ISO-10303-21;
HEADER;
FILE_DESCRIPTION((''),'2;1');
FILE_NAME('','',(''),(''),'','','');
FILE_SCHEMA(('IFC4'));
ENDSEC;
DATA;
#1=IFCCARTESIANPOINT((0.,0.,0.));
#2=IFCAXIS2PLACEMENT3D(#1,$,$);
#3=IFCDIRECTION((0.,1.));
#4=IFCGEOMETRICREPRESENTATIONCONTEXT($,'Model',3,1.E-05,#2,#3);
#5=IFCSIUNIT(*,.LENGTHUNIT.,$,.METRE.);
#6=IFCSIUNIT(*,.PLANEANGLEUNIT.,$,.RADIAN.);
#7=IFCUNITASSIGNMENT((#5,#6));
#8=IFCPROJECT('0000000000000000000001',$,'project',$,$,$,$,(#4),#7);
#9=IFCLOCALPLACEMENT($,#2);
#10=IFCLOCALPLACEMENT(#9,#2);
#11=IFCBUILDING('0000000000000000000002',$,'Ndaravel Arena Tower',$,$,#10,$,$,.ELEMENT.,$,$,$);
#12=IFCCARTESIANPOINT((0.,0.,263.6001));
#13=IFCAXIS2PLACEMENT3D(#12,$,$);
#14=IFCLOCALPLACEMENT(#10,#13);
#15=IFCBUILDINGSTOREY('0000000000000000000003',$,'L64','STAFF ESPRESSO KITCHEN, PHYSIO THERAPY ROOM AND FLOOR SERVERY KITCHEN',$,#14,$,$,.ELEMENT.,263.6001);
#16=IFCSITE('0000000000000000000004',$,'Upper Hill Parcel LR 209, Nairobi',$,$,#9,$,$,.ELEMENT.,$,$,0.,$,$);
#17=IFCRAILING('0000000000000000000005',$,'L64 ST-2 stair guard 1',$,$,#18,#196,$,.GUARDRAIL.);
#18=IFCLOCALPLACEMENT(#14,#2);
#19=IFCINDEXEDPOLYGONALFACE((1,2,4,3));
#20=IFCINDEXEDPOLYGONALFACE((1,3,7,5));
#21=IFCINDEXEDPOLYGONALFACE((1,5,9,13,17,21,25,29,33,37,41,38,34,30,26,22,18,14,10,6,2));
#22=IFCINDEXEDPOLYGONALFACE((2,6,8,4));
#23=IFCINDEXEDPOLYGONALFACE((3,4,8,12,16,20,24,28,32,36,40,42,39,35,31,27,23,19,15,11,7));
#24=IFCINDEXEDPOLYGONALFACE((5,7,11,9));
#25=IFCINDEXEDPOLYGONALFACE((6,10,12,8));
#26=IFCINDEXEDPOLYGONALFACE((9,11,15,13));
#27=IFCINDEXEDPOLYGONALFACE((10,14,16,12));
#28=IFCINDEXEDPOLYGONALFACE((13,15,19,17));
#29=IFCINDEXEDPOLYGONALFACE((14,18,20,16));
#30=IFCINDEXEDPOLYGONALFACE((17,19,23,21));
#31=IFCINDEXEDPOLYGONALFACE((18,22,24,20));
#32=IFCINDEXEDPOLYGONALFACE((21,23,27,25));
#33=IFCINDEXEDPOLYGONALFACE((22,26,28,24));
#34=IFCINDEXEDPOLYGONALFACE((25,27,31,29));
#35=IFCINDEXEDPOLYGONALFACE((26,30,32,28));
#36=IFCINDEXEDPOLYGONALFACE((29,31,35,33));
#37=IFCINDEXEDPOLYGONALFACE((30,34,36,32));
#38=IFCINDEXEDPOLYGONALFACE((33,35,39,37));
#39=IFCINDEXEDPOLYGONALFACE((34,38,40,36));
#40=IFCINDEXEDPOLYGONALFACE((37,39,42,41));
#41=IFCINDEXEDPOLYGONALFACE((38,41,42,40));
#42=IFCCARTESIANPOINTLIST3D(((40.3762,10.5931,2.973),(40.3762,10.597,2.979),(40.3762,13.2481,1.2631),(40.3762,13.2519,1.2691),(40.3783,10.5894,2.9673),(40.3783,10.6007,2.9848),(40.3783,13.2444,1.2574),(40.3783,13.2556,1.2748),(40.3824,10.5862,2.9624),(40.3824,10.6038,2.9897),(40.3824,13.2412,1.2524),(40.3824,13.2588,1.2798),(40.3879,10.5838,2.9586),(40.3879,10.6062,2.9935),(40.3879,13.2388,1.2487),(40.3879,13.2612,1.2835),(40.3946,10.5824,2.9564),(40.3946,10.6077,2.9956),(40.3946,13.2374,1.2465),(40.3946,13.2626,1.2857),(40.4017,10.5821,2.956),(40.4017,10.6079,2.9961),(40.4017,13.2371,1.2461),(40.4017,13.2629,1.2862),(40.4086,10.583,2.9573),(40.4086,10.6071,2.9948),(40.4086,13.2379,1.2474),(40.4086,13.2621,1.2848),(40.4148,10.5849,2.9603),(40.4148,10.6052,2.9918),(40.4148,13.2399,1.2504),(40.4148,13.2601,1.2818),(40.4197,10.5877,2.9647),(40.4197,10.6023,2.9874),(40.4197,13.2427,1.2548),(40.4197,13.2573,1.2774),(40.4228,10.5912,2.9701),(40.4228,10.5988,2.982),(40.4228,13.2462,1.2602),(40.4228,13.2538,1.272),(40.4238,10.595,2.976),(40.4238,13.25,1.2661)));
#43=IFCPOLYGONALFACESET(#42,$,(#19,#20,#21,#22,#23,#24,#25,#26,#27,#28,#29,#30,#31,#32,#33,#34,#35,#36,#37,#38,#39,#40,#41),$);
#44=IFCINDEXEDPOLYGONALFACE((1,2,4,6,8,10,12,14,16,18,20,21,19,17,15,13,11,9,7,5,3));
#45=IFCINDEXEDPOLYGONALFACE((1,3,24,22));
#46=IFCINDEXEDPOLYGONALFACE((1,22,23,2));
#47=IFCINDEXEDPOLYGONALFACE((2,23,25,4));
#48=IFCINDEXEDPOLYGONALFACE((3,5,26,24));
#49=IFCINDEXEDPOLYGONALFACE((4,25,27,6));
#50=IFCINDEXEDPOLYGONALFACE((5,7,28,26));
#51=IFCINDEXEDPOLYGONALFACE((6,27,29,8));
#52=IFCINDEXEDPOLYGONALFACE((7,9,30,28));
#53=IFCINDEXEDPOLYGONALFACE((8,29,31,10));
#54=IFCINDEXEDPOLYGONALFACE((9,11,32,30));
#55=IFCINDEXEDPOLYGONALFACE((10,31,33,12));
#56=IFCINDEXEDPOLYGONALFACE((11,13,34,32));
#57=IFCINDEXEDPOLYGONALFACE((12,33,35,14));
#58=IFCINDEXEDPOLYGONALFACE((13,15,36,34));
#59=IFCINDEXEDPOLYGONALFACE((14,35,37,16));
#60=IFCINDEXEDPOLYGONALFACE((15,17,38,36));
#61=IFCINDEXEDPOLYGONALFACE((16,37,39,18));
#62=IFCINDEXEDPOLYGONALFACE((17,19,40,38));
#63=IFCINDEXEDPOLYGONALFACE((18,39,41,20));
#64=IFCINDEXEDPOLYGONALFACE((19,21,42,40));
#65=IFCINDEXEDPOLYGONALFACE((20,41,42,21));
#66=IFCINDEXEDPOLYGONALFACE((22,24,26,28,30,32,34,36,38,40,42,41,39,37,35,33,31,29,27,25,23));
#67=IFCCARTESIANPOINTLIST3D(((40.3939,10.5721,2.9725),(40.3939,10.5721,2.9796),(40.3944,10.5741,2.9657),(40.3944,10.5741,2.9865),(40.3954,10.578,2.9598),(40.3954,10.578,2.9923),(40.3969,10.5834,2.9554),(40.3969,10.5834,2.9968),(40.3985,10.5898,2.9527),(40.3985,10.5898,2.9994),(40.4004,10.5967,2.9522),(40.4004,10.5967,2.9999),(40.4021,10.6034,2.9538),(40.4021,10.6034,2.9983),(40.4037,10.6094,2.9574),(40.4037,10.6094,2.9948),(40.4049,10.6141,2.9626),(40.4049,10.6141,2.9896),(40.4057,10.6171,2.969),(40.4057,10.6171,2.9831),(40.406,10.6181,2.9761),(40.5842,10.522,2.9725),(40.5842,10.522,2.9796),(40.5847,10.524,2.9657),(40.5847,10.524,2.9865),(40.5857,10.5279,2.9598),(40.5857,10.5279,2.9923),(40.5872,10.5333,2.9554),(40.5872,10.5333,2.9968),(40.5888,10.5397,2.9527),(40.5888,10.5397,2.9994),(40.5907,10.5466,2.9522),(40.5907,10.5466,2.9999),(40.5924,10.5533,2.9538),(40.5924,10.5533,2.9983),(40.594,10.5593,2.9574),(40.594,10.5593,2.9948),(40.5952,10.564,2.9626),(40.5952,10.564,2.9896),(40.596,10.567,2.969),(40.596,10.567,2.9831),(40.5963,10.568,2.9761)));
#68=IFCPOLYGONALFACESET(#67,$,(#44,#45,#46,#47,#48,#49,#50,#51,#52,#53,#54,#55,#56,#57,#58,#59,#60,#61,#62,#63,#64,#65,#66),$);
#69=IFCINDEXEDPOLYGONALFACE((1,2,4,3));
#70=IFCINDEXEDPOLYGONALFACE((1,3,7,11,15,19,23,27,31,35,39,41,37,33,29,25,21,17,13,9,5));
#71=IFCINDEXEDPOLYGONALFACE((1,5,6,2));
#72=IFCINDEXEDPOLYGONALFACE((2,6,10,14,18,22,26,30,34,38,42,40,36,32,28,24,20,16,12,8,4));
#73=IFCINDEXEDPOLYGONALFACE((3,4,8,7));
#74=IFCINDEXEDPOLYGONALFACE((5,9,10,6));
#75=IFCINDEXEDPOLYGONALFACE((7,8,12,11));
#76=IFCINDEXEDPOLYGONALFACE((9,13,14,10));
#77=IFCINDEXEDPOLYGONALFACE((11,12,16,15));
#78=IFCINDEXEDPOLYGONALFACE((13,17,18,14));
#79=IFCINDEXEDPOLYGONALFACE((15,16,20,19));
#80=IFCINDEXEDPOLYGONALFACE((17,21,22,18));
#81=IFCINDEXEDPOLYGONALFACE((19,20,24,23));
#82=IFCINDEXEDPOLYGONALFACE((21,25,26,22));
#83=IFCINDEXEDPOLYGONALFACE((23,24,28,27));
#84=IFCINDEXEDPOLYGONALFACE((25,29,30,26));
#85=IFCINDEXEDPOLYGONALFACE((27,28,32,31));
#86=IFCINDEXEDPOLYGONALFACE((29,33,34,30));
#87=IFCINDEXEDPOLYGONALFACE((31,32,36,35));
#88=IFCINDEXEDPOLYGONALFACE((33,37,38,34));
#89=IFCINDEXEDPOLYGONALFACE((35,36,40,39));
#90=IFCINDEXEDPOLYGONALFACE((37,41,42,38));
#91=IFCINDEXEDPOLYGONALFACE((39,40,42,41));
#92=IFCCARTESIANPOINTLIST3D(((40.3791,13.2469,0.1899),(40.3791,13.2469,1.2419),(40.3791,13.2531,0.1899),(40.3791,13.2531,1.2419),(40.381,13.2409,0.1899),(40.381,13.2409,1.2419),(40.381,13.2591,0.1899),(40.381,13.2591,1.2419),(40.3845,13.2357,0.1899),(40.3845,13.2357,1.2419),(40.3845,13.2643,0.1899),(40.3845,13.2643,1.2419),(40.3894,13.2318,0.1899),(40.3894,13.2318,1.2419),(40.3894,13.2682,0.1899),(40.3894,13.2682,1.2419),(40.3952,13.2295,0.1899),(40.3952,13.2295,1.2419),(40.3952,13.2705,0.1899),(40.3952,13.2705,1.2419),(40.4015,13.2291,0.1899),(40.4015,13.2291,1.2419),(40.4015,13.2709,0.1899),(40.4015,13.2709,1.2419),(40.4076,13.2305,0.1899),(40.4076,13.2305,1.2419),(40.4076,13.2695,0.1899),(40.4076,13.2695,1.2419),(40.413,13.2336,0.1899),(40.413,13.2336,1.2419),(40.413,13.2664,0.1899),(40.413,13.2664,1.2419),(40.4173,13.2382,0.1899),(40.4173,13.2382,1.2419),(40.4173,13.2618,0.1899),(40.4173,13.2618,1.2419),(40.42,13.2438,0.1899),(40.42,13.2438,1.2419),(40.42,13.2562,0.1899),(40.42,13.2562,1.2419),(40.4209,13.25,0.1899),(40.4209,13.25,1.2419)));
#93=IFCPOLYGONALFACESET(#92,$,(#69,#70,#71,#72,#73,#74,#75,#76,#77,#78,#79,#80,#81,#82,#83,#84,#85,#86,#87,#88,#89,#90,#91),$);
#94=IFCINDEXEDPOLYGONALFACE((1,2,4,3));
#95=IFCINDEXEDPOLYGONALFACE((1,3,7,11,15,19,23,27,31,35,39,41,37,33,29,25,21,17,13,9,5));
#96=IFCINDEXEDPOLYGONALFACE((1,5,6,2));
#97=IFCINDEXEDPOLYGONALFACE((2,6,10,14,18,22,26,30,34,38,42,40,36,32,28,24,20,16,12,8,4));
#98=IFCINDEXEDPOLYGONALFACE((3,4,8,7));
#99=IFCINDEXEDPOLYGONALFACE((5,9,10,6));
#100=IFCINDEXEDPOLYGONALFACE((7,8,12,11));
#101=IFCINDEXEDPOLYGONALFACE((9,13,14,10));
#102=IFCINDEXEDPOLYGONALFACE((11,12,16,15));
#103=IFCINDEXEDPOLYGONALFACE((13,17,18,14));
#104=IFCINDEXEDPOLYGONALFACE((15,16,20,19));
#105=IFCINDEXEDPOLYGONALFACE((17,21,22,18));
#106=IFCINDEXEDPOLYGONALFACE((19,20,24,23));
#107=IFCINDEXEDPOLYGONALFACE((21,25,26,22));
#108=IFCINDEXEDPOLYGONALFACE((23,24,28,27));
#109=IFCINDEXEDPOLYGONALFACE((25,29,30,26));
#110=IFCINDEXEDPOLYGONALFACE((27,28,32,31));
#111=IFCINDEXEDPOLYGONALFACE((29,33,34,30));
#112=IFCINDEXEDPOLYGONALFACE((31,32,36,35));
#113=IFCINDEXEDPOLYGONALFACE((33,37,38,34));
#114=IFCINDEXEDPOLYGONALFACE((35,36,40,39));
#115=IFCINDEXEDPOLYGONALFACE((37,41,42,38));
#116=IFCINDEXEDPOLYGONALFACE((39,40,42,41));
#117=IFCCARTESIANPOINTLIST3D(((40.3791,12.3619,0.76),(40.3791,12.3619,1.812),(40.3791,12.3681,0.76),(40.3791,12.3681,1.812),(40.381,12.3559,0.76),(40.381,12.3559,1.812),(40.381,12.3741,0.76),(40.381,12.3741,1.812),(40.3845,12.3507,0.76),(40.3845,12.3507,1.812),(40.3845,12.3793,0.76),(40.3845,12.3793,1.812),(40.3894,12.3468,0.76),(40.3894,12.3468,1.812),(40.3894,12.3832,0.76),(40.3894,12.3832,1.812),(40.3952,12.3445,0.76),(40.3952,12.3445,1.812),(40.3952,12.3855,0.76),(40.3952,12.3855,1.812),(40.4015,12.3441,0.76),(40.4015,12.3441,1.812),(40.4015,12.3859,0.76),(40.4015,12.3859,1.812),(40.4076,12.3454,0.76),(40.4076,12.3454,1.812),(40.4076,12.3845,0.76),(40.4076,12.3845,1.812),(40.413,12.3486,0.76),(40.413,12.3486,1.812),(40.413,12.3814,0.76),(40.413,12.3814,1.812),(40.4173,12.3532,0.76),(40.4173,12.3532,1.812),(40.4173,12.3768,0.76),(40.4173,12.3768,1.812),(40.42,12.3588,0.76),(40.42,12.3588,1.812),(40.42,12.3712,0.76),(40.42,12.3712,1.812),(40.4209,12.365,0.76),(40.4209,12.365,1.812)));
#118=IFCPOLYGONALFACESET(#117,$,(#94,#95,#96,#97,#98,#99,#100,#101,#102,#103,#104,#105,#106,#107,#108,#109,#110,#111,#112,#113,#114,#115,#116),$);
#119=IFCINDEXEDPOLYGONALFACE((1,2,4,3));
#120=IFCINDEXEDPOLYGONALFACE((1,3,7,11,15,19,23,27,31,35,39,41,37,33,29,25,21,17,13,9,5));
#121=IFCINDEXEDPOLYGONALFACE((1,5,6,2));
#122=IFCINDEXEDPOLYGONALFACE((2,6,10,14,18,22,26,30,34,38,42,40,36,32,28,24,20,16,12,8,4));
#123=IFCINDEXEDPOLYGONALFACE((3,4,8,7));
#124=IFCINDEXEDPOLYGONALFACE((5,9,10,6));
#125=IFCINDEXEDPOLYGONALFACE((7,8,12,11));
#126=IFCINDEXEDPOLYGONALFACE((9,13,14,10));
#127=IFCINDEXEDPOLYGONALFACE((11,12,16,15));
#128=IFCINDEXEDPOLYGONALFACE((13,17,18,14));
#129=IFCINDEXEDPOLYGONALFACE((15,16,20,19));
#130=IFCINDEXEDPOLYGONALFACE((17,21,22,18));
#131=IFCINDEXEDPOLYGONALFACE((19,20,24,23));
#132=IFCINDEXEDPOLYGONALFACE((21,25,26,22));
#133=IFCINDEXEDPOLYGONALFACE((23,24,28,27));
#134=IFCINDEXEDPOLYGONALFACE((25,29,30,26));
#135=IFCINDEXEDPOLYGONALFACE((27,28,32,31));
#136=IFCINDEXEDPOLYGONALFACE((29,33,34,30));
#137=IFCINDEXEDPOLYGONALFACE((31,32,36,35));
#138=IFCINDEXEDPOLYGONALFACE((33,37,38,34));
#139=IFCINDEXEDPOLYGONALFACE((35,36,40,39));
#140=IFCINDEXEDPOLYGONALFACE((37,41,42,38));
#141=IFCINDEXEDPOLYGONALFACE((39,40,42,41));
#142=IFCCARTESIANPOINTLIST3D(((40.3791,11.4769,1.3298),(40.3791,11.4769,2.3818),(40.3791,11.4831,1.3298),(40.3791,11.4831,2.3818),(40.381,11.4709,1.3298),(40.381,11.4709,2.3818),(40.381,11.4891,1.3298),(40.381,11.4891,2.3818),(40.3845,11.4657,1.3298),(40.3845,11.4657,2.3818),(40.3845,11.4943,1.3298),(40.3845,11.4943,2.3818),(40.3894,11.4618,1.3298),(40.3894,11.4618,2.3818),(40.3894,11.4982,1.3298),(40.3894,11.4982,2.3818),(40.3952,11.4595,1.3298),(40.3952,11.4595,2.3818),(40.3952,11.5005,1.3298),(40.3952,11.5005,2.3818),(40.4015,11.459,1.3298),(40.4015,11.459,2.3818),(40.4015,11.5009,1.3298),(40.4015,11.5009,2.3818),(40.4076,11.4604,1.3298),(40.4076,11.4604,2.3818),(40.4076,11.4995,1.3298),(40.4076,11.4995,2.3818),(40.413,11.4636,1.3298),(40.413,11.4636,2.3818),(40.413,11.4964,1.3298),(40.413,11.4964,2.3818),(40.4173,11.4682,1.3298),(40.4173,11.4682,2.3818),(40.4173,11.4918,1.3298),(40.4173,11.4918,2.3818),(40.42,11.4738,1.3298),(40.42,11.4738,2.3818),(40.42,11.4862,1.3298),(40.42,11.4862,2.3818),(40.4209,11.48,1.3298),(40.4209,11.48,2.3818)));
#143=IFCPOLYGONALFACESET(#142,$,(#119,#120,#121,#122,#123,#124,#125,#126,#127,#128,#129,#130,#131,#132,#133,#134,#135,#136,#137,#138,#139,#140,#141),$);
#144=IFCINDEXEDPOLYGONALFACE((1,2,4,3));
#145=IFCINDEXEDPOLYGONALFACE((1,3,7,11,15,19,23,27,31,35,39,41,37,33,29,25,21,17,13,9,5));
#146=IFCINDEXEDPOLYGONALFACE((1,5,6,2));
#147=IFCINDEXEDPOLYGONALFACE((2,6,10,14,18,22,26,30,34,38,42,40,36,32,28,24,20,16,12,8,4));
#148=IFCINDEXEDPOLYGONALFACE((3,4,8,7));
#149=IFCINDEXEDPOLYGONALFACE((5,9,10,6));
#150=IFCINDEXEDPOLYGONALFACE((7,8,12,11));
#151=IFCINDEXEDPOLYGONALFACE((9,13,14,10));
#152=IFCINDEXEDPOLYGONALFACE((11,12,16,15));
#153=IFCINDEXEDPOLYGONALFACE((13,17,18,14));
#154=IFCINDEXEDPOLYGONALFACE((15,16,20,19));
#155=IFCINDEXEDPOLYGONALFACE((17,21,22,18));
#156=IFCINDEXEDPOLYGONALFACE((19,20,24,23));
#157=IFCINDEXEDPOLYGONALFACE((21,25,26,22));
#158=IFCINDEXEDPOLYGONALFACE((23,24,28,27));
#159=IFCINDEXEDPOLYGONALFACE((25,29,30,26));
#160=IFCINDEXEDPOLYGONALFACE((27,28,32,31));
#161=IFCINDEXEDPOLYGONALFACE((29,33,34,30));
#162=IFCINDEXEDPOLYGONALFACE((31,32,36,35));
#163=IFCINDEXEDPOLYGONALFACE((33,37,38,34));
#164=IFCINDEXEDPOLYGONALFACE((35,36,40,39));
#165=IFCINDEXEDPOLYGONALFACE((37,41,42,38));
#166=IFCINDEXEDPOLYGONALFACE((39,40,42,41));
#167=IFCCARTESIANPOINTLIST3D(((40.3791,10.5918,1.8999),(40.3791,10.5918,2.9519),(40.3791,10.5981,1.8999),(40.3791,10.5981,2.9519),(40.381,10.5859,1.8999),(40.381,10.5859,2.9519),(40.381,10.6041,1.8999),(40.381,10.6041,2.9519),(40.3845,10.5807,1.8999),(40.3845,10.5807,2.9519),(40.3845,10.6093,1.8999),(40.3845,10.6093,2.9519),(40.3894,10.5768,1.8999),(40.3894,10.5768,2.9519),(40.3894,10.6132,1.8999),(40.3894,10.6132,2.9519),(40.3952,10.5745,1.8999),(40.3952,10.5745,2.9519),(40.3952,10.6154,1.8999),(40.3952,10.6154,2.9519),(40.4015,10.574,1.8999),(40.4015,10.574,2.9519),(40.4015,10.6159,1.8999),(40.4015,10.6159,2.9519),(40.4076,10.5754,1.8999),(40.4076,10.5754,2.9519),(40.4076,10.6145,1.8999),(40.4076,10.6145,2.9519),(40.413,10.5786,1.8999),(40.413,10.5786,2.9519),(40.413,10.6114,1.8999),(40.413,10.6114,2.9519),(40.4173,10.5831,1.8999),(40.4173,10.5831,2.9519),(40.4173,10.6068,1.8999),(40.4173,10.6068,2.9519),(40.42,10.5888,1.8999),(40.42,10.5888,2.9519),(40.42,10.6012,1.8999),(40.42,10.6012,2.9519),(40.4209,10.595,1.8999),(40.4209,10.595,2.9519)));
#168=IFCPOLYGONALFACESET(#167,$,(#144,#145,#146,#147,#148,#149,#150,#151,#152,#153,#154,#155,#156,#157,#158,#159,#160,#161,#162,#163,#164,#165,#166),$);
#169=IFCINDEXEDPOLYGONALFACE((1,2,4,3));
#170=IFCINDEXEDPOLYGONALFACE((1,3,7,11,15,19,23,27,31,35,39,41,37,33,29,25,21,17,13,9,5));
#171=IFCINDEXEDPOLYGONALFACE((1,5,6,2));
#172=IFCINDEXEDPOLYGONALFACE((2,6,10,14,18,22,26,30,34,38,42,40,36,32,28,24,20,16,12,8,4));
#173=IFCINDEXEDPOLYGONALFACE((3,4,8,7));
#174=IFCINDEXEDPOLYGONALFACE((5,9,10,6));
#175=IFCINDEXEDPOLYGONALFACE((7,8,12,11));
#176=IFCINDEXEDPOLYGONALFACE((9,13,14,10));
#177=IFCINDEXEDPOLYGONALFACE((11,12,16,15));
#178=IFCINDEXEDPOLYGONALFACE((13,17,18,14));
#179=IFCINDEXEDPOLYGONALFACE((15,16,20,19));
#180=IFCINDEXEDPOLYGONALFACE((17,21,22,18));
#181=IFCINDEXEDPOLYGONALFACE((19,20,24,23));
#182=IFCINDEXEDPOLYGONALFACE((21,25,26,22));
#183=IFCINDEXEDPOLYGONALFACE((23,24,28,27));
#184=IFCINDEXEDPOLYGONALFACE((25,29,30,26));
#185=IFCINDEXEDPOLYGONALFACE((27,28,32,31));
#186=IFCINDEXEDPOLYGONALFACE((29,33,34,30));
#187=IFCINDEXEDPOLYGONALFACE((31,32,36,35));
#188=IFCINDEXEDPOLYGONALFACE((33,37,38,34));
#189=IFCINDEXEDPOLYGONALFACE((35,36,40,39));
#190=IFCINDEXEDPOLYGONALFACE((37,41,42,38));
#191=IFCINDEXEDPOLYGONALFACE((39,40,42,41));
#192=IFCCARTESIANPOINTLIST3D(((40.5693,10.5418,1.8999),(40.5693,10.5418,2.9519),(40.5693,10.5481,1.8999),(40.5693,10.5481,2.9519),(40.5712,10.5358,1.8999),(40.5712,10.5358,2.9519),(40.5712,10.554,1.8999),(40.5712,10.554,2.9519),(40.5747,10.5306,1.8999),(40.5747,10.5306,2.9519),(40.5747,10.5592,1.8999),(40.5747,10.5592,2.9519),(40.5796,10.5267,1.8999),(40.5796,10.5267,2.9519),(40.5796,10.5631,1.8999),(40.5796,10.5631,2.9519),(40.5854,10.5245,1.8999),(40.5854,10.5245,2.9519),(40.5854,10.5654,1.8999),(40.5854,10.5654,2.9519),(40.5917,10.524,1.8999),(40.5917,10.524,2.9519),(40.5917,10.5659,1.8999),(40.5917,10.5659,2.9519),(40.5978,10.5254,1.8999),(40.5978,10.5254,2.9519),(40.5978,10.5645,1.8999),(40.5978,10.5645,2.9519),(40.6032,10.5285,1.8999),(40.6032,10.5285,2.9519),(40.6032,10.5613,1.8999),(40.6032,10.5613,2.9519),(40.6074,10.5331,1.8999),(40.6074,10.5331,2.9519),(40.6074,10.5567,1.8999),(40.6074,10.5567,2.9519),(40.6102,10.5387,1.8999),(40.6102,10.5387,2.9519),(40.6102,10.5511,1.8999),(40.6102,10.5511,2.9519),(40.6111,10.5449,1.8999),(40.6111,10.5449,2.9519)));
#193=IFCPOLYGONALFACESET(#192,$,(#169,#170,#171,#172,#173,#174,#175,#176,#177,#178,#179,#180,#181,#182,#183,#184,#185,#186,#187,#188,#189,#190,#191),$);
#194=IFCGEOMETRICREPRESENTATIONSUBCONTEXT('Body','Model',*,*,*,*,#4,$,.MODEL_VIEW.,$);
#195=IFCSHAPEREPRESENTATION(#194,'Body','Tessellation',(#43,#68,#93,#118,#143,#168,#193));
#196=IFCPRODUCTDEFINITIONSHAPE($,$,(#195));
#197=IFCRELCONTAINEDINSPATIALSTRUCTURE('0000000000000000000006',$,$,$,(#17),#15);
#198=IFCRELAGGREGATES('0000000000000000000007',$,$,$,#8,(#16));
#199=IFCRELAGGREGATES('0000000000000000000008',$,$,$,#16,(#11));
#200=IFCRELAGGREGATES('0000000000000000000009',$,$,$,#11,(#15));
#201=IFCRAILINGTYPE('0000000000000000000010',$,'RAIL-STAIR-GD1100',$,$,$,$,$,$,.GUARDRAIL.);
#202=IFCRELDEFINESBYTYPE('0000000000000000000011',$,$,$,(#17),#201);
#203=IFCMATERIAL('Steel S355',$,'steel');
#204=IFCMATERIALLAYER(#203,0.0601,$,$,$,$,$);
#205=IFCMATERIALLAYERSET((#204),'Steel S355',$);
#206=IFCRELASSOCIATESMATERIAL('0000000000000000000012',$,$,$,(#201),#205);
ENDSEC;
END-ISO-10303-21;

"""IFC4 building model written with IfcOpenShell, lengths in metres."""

from ifc_helpers import new_model, si_unit, direction, frame, origin, origin_2d, place, context, subcontext, project, spatial, circle, extrude, material, layer, layer_set, type_object, element, save


model = new_model("IFC4")

# Units and contexts
model_context = context("Model", 3, precision=1e-05, world=origin(), true_north=direction((0.0, 1.0)))
body_context = subcontext(model_context, "Body", "Model", "MODEL_VIEW")
ifc_project = project(units=[si_unit("LENGTHUNIT", "METRE"), si_unit("PLANEANGLEUNIT", "RADIAN")], contexts=[model_context])

# Site, building, storey
site_placement = place(None, origin())
site = spatial("IfcSite", under=ifc_project, at=site_placement, Name="Upper Hill Parcel LR 209, Nairobi", CompositionType="ELEMENT", RefElevation=0.0)
building_placement = place(site_placement, origin())
building = spatial("IfcBuilding", under=site, at=building_placement, Name="Ndaravel Arena Tower", CompositionType="ELEMENT")
storey_placement = place(building_placement, frame((0.0, 0.0, 263.6001)))
storey = spatial("IfcBuildingStorey", under=building, at=storey_placement, Name="L64", Description="STAFF ESPRESSO KITCHEN, PHYSIO THERAPY ROOM AND FLOOR SERVERY KITCHEN", CompositionType="ELEMENT", Elevation=263.6001)

# Railing
ifc_material_1 = material(Name="Steel S355", Category="steel")
ifc_layer_1 = layer(ifc_material_1, 0.0601)
ifc_layer_set_1 = layer_set([ifc_layer_1], Name="Steel S355")
railing_type_1 = type_object("IfcRailingType", Name="RAIL-STAIR-GD1100", PredefinedType="GUARDRAIL", material=ifc_layer_set_1)
railing_1_placement = place(storey_placement, frame((40.3999, 13.25, 0.1899)))
element("IfcRailing", 1, at=railing_1_placement, inside=storey, type_object=railing_type_1, Name="L64 ST-2 stair guard 1", PredefinedType="GUARDRAIL", context=body_context, shape_type="SweptSolid", body=[
    extrude(circle(Radius=0.0239, at=origin_2d()), frame((0.0, 0.0, 1.0762), z_axis=(0.0, -0.840724, 0.541465), x_axis=(1.0, 0.0, 0.0)), (0.0, 0.0, 1.0), 3.158),
    extrude(circle(Radius=0.0239, at=origin_2d()), frame((0.0, -2.655, 2.7861), z_axis=(0.967075, -0.254493, 0.0), x_axis=(0.254493, 0.967075, 0.0)), (0.0, 0.0, 1.0), 0.1968),
    extrude(circle(Radius=0.021, at=origin_2d()), origin(), (0.0, 0.0, 1.0), 1.052),
    extrude(circle(Radius=0.021, at=origin_2d()), frame((0.0, -0.885, 0.5701)), (0.0, 0.0, 1.0), 1.052),
    extrude(circle(Radius=0.021, at=origin_2d()), frame((0.0, -1.77, 1.1399)), (0.0, 0.0, 1.0), 1.052),
    extrude(circle(Radius=0.021, at=origin_2d()), frame((0.0, -2.655, 1.71)), (0.0, 0.0, 1.0), 1.052),
    extrude(circle(Radius=0.021, at=origin_2d()), frame((0.1902, -2.7051, 1.71)), (0.0, 0.0, 1.0), 1.052),
])

save(model, "model.ifc")
